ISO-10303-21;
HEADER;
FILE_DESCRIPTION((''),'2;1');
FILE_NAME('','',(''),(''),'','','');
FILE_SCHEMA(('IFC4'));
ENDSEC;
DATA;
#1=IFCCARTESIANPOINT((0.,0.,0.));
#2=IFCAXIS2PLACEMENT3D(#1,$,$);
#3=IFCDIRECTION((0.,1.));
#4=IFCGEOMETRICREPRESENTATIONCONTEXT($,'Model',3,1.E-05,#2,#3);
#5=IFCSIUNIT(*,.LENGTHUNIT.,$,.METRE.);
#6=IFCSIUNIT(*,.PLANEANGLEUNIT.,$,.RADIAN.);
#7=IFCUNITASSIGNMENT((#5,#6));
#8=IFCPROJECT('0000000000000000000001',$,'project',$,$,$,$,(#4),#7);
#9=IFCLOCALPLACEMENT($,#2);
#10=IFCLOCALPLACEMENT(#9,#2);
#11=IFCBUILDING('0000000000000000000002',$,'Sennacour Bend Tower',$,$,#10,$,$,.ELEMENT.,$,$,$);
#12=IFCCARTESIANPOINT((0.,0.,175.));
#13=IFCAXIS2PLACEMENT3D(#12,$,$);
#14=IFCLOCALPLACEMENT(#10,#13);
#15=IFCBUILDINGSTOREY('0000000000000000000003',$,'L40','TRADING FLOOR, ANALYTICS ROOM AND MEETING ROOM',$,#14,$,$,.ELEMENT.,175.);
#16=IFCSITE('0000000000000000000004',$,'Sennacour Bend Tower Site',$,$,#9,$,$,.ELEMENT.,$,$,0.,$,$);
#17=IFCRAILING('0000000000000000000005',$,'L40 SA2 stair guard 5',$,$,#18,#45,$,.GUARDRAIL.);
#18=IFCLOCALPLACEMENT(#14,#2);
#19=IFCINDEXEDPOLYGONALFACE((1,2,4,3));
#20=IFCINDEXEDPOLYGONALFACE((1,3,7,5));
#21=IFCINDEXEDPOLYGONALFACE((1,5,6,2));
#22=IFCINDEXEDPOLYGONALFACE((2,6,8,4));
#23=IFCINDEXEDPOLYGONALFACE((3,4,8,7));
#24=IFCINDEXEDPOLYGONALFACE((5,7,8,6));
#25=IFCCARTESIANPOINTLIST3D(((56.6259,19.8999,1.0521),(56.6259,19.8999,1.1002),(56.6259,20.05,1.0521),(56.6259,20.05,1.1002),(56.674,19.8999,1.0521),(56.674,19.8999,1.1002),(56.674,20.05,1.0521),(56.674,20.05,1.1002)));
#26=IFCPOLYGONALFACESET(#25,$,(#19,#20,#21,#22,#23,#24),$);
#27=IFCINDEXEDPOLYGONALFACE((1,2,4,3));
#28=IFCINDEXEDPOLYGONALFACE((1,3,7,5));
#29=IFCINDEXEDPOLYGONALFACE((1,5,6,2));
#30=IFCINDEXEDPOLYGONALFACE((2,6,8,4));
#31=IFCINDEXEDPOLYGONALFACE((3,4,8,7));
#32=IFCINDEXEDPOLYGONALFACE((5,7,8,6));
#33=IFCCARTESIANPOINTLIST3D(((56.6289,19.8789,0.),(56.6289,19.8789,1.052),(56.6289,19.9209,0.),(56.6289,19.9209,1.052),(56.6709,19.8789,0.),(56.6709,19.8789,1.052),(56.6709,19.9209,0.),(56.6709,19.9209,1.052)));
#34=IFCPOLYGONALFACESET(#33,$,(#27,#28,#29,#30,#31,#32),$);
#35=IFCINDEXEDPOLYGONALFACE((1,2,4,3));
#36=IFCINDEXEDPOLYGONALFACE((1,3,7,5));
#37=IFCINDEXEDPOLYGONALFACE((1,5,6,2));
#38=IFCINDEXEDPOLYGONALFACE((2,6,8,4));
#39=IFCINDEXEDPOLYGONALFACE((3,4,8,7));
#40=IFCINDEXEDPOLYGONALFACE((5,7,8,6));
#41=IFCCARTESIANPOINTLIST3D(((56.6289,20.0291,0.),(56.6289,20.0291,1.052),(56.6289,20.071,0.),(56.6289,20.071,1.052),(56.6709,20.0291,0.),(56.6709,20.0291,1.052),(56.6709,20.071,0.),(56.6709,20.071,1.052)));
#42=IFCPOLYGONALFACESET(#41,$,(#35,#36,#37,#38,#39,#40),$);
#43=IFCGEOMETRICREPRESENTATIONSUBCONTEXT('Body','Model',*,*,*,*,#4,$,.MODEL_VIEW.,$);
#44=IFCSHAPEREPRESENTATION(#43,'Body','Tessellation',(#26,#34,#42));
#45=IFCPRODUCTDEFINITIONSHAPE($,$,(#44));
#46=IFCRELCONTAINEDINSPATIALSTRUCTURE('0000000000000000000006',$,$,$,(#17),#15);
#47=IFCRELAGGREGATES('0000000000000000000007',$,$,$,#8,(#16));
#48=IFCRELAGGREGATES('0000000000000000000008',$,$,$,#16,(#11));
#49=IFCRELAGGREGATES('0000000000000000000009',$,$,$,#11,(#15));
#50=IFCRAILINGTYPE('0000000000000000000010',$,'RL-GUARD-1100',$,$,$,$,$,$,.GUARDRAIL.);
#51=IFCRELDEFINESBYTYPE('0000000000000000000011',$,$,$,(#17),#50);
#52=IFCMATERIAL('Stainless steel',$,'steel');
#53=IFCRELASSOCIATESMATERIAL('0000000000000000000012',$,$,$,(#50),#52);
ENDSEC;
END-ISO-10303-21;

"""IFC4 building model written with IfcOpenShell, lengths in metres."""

from ifc_helpers import new_model, si_unit, direction, frame, origin, origin_2d, place, context, subcontext, project, spatial, rectangle, extrude, material, type_object, element, save


model = new_model("IFC4")

# Units and contexts
model_context = context("Model", 3, precision=1e-05, world=origin(), true_north=direction((0.0, 1.0)))
body_context = subcontext(model_context, "Body", "Model", "MODEL_VIEW")
ifc_project = project(units=[si_unit("LENGTHUNIT", "METRE"), si_unit("PLANEANGLEUNIT", "RADIAN")], contexts=[model_context])

# Site, building, storey
site_placement = place(None, origin())
site = spatial("IfcSite", under=ifc_project, at=site_placement, Name="Sennacour Bend Tower Site", CompositionType="ELEMENT", RefElevation=0.0)
building_placement = place(site_placement, origin())
building = spatial("IfcBuilding", under=site, at=building_placement, Name="Sennacour Bend Tower", CompositionType="ELEMENT")
storey_placement = place(building_placement, frame((0.0, 0.0, 175.0)))
storey = spatial("IfcBuildingStorey", under=building, at=storey_placement, Name="L40", Description="TRADING FLOOR, ANALYTICS ROOM AND MEETING ROOM", CompositionType="ELEMENT", Elevation=175.0)

# Shared definitions
ifc_material_1 = material(Name="Stainless steel", Category="steel")

# Railing
railing_type = type_object("IfcRailingType", Name="RL-GUARD-1100", PredefinedType="GUARDRAIL", material=ifc_material_1)
railing_placement = place(storey_placement, frame((56.6499, 19.8999, 0.0)))
element("IfcRailing", 1, at=railing_placement, inside=storey, type_object=railing_type, Name="L40 SA2 stair guard 5", PredefinedType="GUARDRAIL", context=body_context, shape_type="SweptSolid", body=[
    extrude(rectangle(XDim=0.0481, YDim=0.0481, at=origin_2d()), frame((0.0, 0.0, 1.0762), z_axis=(0.0, 1.0, 0.0), x_axis=(-1.0, 0.0, 0.0)), (0.0, 0.0, 1.0), 0.1501),
    extrude(rectangle(XDim=0.042, YDim=0.042, at=origin_2d()), origin(), (0.0, 0.0, 1.0), 1.052),
    extrude(rectangle(XDim=0.042, YDim=0.042, at=origin_2d()), frame((0.0, 0.1501, 0.0)), (0.0, 0.0, 1.0), 1.052),
])

save(model, "model.ifc")
